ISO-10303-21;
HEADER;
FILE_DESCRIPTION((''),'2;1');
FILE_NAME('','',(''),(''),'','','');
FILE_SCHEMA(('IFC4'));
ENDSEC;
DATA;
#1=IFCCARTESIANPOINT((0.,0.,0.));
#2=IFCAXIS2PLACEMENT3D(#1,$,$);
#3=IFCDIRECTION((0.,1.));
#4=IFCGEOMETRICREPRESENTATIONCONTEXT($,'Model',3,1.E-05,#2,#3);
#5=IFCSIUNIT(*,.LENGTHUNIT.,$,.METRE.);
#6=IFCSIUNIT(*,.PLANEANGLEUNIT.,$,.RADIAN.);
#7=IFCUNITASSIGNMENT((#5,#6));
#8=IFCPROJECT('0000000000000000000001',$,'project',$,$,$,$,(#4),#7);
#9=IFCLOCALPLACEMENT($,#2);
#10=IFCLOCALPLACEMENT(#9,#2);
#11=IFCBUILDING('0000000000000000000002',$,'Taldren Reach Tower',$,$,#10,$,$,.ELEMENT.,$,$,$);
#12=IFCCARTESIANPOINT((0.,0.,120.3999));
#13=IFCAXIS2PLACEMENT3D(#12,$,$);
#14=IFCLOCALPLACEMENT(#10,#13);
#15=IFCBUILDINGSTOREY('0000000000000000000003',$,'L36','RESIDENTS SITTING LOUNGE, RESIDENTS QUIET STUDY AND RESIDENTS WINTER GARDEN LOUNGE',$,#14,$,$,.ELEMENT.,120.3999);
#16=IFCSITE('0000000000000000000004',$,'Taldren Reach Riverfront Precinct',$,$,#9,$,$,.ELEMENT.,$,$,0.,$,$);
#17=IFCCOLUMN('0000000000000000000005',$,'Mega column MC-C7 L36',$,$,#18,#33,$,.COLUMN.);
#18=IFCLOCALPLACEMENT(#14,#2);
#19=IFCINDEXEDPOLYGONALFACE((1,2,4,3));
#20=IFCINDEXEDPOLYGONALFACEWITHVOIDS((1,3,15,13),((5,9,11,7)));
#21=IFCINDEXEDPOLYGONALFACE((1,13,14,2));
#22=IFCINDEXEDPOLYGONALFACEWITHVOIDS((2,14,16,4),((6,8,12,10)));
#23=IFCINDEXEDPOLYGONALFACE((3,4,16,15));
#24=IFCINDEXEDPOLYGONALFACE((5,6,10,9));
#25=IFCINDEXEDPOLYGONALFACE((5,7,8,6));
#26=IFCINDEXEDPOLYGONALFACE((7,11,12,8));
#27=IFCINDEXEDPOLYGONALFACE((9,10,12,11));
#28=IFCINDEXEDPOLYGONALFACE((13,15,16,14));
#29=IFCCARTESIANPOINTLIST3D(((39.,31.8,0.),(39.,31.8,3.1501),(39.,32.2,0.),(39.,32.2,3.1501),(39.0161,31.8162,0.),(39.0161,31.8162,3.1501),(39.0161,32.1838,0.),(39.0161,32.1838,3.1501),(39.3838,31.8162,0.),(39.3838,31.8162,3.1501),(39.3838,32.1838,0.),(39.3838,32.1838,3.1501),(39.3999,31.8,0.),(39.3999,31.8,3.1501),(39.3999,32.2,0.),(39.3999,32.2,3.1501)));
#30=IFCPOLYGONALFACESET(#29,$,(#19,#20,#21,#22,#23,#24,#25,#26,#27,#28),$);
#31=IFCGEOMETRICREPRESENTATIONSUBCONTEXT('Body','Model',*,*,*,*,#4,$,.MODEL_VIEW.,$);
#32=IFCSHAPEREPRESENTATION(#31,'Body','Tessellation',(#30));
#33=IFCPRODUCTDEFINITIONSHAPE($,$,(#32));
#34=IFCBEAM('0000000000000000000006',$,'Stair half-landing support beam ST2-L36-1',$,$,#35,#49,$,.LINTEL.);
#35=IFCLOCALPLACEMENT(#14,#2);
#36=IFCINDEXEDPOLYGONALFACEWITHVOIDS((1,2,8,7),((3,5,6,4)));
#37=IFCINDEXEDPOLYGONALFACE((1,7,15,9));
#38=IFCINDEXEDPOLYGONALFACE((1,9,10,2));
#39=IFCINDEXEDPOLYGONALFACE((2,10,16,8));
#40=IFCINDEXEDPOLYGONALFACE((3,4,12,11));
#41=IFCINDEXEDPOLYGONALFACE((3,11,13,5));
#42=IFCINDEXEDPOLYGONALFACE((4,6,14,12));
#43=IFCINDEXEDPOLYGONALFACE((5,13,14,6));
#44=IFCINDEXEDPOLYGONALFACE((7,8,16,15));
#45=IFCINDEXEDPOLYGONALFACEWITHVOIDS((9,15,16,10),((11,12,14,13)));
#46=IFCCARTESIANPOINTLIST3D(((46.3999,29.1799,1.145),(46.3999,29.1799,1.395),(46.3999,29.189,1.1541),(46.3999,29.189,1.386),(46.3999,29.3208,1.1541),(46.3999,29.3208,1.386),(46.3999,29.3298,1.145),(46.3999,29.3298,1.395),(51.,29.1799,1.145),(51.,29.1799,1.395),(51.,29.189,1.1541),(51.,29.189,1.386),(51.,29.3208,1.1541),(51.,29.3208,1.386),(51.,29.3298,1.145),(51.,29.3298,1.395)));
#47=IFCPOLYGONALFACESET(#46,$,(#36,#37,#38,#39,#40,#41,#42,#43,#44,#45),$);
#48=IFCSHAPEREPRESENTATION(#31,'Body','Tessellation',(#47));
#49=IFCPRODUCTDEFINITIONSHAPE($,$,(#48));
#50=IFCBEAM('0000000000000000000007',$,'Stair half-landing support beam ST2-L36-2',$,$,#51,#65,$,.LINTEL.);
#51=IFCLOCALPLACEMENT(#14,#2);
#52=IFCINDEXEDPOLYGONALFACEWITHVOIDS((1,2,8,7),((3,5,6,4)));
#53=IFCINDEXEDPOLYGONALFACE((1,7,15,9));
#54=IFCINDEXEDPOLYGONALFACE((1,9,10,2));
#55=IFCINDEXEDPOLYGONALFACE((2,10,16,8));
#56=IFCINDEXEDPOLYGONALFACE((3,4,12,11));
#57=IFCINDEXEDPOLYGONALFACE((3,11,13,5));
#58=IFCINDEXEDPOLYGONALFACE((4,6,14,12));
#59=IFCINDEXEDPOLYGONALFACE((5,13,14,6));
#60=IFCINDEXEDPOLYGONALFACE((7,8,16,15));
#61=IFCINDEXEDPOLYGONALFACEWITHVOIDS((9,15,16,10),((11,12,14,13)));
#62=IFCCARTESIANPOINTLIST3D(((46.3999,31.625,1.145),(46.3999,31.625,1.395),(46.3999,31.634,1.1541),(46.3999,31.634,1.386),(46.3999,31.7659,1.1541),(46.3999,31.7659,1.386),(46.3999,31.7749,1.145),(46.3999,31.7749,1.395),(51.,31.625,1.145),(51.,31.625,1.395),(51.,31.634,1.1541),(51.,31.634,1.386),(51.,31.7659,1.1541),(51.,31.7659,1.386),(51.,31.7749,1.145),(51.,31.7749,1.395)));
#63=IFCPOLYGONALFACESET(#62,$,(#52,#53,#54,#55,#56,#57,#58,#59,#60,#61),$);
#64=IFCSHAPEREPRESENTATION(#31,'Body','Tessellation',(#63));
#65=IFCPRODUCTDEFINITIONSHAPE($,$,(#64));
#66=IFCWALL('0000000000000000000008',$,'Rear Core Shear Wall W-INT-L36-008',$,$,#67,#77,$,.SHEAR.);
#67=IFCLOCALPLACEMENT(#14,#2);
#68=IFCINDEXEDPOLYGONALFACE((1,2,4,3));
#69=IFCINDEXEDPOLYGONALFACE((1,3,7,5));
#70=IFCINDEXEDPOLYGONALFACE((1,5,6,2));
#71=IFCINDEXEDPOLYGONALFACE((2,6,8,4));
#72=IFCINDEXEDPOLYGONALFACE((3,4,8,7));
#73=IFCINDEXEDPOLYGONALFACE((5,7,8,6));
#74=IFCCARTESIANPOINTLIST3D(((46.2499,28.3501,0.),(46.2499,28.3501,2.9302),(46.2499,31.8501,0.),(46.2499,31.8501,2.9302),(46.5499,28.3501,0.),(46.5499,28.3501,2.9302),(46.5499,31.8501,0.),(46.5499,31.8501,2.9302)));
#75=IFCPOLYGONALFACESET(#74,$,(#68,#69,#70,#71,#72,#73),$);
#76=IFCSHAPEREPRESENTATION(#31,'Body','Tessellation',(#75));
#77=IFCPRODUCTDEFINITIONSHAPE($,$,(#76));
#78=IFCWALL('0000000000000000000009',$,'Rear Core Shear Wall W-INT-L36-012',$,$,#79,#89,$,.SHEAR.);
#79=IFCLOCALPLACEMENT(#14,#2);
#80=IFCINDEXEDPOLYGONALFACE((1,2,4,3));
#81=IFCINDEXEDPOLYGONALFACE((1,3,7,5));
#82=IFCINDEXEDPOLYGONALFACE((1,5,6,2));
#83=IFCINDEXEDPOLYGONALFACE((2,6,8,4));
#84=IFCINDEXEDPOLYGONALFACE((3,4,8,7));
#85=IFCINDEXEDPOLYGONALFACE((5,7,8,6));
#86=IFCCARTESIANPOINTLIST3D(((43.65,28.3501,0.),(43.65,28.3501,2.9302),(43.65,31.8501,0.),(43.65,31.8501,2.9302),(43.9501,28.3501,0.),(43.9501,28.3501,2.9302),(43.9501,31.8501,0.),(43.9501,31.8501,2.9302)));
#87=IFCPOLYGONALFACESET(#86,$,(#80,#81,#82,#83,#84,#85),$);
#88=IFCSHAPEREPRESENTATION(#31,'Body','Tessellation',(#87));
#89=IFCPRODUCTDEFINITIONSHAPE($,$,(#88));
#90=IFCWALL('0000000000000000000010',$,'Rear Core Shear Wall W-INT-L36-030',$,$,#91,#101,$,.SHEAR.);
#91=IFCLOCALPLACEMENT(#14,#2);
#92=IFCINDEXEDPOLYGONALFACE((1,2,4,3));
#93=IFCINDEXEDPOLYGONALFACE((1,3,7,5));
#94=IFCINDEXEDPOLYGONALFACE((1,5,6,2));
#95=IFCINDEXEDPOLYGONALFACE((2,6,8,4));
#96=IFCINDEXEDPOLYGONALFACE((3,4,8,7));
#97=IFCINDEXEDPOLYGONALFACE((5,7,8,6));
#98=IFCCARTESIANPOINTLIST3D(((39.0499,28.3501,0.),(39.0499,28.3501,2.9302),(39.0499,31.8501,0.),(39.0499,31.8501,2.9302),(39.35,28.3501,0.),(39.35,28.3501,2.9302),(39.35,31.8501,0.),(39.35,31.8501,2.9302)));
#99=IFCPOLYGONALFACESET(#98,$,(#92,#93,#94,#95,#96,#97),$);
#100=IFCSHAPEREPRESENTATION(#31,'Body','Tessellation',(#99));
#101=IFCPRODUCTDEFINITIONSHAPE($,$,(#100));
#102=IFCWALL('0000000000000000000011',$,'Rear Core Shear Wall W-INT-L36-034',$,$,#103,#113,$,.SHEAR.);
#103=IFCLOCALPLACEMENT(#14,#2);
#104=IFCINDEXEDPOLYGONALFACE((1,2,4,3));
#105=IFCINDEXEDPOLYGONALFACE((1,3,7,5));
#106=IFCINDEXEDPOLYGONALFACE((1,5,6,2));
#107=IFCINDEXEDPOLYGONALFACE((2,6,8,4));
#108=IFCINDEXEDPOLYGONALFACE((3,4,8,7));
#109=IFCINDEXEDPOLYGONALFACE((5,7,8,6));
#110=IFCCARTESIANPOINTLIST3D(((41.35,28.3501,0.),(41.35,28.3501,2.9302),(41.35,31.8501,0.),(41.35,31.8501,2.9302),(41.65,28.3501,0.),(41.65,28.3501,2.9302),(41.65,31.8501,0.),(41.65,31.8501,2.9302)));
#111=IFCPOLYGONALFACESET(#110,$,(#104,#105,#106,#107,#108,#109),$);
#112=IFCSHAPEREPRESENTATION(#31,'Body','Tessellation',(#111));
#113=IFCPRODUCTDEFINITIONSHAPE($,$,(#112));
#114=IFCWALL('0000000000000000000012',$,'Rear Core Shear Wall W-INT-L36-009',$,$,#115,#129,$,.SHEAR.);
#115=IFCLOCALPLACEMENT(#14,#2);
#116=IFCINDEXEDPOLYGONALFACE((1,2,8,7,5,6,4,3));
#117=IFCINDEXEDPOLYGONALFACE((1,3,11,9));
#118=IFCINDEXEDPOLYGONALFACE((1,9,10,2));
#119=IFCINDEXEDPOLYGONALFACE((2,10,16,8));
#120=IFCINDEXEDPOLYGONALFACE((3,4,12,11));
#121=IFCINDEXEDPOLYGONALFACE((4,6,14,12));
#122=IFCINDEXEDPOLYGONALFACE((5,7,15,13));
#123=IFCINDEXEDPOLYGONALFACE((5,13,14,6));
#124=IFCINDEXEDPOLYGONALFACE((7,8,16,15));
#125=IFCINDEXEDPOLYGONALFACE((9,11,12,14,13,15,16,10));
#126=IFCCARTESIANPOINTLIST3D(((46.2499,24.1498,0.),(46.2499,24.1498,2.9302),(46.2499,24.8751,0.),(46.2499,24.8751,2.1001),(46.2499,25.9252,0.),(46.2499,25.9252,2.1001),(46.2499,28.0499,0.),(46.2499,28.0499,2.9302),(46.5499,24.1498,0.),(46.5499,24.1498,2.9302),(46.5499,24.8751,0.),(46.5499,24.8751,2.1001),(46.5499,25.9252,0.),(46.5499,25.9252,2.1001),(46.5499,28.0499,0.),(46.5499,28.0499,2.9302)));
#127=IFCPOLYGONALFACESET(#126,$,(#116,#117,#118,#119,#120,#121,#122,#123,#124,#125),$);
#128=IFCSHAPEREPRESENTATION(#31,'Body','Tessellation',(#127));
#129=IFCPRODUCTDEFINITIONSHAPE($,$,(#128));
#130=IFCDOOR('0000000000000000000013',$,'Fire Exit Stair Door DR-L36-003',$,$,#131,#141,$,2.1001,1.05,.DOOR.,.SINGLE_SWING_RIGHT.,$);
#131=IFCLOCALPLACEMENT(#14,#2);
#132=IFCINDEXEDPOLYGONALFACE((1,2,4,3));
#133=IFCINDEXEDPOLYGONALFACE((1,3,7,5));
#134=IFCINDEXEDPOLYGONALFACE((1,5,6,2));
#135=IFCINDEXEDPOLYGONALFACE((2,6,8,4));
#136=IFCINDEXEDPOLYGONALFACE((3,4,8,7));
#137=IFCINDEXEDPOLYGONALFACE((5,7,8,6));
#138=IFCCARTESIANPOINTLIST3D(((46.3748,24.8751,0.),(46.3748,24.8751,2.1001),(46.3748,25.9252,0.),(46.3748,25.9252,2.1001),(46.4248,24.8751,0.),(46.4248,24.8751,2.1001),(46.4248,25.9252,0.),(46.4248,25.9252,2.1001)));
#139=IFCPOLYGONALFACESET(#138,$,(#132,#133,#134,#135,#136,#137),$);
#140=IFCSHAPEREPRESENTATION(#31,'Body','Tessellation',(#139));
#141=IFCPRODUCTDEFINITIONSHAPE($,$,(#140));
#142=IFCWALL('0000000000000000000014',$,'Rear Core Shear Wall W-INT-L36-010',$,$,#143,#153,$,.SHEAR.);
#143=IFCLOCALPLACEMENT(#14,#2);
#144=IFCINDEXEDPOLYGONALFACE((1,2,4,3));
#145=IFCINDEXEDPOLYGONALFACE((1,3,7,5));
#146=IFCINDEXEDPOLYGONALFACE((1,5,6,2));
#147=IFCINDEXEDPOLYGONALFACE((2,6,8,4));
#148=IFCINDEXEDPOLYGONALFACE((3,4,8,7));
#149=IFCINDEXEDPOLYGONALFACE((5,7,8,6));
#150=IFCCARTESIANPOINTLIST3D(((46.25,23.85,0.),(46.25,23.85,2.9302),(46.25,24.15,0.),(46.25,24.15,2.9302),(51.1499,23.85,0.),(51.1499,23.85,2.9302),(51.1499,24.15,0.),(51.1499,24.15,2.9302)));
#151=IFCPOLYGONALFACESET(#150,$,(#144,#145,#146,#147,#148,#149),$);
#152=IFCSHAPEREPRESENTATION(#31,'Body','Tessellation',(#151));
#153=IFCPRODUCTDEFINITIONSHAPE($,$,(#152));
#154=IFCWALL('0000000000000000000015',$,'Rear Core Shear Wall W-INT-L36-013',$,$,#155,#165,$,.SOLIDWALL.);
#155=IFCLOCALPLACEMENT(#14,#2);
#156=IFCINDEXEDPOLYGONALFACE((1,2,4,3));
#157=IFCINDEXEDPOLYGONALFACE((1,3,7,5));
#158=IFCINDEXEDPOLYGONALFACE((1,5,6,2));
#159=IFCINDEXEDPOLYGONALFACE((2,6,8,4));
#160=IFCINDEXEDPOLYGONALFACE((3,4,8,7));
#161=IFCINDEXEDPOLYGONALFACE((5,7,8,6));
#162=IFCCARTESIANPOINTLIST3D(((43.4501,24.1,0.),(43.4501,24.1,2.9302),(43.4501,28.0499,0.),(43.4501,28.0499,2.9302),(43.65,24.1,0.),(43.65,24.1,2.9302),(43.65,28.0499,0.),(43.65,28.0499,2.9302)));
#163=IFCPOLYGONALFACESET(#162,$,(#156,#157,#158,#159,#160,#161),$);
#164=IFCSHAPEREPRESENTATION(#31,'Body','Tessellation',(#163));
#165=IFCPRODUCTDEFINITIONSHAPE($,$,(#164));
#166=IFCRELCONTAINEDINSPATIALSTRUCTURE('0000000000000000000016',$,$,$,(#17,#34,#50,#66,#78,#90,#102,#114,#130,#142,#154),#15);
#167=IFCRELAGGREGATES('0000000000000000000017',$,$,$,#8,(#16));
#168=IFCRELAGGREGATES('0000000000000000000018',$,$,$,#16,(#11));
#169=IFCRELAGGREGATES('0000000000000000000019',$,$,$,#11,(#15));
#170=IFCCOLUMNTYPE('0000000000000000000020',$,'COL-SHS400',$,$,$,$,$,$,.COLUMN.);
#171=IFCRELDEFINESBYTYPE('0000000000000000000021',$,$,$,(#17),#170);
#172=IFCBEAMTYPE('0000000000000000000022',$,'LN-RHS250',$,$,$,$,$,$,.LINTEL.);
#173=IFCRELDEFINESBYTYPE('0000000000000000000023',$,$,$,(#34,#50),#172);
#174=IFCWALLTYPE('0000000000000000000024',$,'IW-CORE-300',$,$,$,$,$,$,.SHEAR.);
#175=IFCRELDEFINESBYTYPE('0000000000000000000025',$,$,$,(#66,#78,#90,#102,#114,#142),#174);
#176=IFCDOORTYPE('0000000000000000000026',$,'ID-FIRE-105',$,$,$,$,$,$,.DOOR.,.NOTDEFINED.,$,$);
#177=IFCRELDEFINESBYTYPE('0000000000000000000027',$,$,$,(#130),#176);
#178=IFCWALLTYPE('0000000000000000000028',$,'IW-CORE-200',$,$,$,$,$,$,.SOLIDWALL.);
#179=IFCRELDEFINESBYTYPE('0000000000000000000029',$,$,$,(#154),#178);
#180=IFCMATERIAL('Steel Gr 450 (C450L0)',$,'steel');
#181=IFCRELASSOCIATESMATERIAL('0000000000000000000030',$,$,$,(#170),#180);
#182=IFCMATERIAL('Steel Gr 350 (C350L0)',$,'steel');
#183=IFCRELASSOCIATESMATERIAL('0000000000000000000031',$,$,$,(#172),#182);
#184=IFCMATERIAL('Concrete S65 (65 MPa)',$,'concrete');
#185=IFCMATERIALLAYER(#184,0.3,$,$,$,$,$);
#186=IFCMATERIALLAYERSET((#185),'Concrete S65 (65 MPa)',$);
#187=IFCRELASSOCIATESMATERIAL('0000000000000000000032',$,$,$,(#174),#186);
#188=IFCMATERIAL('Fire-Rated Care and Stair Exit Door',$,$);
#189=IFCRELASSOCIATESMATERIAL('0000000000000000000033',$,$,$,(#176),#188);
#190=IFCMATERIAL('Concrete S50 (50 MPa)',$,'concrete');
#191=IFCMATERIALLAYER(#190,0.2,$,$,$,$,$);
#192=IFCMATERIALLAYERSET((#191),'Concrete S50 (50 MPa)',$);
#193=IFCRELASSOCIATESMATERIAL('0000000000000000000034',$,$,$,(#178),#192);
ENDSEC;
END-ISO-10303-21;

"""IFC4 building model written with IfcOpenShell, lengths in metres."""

from ifc_helpers import new_model, si_unit, direction, frame, frame_2d, origin, origin_2d, place, context, subcontext, project, spatial, rectangle, hollow_rectangle, extrude, source, transform, mapped, material, layer, layer_set, material_profile, profile_set, type_object, element, fill, save


model = new_model("IFC4")

# Units and contexts
model_context = context("Model", 3, precision=1e-05, world=origin(), true_north=direction((0.0, 1.0)))
body_context = subcontext(model_context, "Body", "Model", "MODEL_VIEW")
ifc_project = project(units=[si_unit("LENGTHUNIT", "METRE"), si_unit("PLANEANGLEUNIT", "RADIAN")], contexts=[model_context])

# Site, building, storey
site_placement = place(None, origin())
site = spatial("IfcSite", under=ifc_project, at=site_placement, Name="Taldren Reach Riverfront Precinct", CompositionType="ELEMENT", RefElevation=0.0)
building_placement = place(site_placement, origin())
building = spatial("IfcBuilding", under=site, at=building_placement, Name="Taldren Reach Tower", CompositionType="ELEMENT")
storey_placement = place(building_placement, frame((0.0, 0.0, 120.3999)))
storey = spatial("IfcBuildingStorey", under=building, at=storey_placement, Name="L36", Description="RESIDENTS SITTING LOUNGE, RESIDENTS QUIET STUDY AND RESIDENTS WINTER GARDEN LOUNGE", CompositionType="ELEMENT", Elevation=120.3999)

# Column
ifc_material_1 = material(Name="Steel Gr 450 (C450L0)", Category="steel")
ifc_material_profile_1 = material_profile(ifc_material_1, hollow_rectangle(XDim=0.3999, YDim=0.3999, WallThickness=0.0161, at=origin_2d()), Name="400x400x16.0SHS")
ifc_profile_set_1 = profile_set([ifc_material_profile_1], Name="Steel Gr 450 (C450L0)")
column_type = type_object("IfcColumnType", Name="COL-SHS400", PredefinedType="COLUMN", material=ifc_profile_set_1)
shared_shape_1 = source(origin(), body_context, "Body", "SweptSolid", [
    extrude(hollow_rectangle(XDim=0.3999, YDim=0.3999, WallThickness=0.0161, at=origin_2d()), origin(), (0.0, 0.0, 1.0), 3.1501),
])
column_placement = place(storey_placement, frame((39.2, 32.0, 0.0), z_axis=(0.0, 0.0, 1.0), x_axis=(1.0, 0.0, 0.0)))
element("IfcColumn", 1, at=column_placement, inside=storey, type_object=column_type, Name="Mega column MC-C7 L36", PredefinedType="COLUMN", context=body_context, shape_type="MappedRepresentation", body=[
    mapped(shared_shape_1, transform((0.0, 0.0, 0.0), scale=1.0)),
])

# Beams
ifc_material_2 = material(Name="Steel Gr 350 (C350L0)", Category="steel")
ifc_material_profile_2 = material_profile(ifc_material_2, hollow_rectangle(XDim=0.1499, YDim=0.25, WallThickness=0.009, at=origin_2d()), Name="250x150x9.0RHS")
ifc_profile_set_2 = profile_set([ifc_material_profile_2], Name="Steel Gr 350 (C350L0)")
beam_type = type_object("IfcBeamType", Name="LN-RHS250", PredefinedType="LINTEL", material=ifc_profile_set_2)
shared_shape_2 = source(origin(), body_context, "Body", "SweptSolid", [
    extrude(hollow_rectangle(XDim=0.1499, YDim=0.25, WallThickness=0.009, at=origin_2d()), origin(), (0.0, 0.0, 1.0), 4.6001),
])
for number, where, z_axis, x_axis, name in (
    (2, (46.3999, 29.2549, 1.27), (1.0, 0.0, 0.0), (0.0, 1.0, 0.0), "Stair half-landing support beam ST2-L36-1"),
    (3, (46.3999, 31.7, 1.27), (1.0, 0.0, 0.0), (0.0, 1.0, 0.0), "Stair half-landing support beam ST2-L36-2"),
):
    element("IfcBeam", number, at=place(storey_placement, frame(where, z_axis=z_axis, x_axis=x_axis)), inside=storey, type_object=beam_type, Name=name, PredefinedType="LINTEL", context=body_context, shape_type="MappedRepresentation", body=[
        mapped(shared_shape_2, transform((0.0, 0.0, 0.0), scale=1.0)),
    ])

# Walls
ifc_material_3 = material(Name="Concrete S65 (65 MPa)", Category="concrete")
ifc_layer_1 = layer(ifc_material_3, 0.3)
ifc_layer_set_1 = layer_set([ifc_layer_1], Name="Concrete S65 (65 MPa)")
wall_type_1 = type_object("IfcWallType", Name="IW-CORE-300", PredefinedType="SHEAR", material=ifc_layer_set_1)
shared_shape_3 = source(origin(), body_context, "Body", "SweptSolid", [
    extrude(rectangle(XDim=3.5, YDim=0.3, at=frame_2d((1.75, 0.0))), origin(), (0.0, 0.0, 1.0), 2.9302),
])
for number, where, z_axis, x_axis, name in (
    (4, (46.3999, 31.8501, 0.0), (0.0, 0.0, 1.0), (0.0, -1.0, 0.0), "Rear Core Shear Wall W-INT-L36-008"),
    (5, (43.8, 31.8501, 0.0), (0.0, 0.0, 1.0), (0.0, -1.0, 0.0), "Rear Core Shear Wall W-INT-L36-012"),
    (6, (39.2, 28.3501, 0.0), (0.0, 0.0, 1.0), (0.0, 1.0, 0.0), "Rear Core Shear Wall W-INT-L36-030"),
    (7, (41.5, 28.3501, 0.0), (0.0, 0.0, 1.0), (0.0, 1.0, 0.0), "Rear Core Shear Wall W-INT-L36-034"),
):
    element("IfcWall", number, at=place(storey_placement, frame(where, z_axis=z_axis, x_axis=x_axis)), inside=storey, type_object=wall_type_1, Name=name, PredefinedType="SHEAR", context=body_context, shape_type="MappedRepresentation", body=[
        mapped(shared_shape_3, transform((0.0, 0.0, 0.0), scale=1.0)),
    ])

# Wall, opening, door
shared_shape_4 = source(origin(), body_context, "Body", "SweptSolid", [
    extrude(rectangle(XDim=3.9001, YDim=0.3, at=frame_2d((1.9502, 0.0))), origin(), (0.0, 0.0, 1.0), 2.9302),
])
wall_1_placement = place(storey_placement, frame((46.3999, 28.05, 0.0), z_axis=(0.0, 0.0, 1.0), x_axis=(0.0, -1.0, 0.0)))
wall_1 = element("IfcWall", 8, at=wall_1_placement, inside=storey, type_object=wall_type_1, Name="Rear Core Shear Wall W-INT-L36-009", PredefinedType="SHEAR", context=body_context, shape_type="MappedRepresentation", body=[
    mapped(shared_shape_4, transform((0.0, 0.0, 0.0), scale=1.0)),
])
shared_shape_5 = source(origin(), body_context, "Body", "SweptSolid", [
    extrude(rectangle(XDim=1.05, YDim=2.1001, at=frame_2d((0.5249, 1.05))), frame((0.0, 0.1602, 0.0), z_axis=(0.0, -1.0, 0.0), x_axis=(1.0, 0.0, 0.0)), (0.0, 0.0, 1.0), 0.3201),
])
opening_1_placement = place(wall_1_placement, frame((2.125, 0.0, 0.0)))
opening_1 = element("IfcOpeningElement", 9, at=opening_1_placement, cuts=wall_1, PredefinedType="OPENING", context=body_context, shape_type="MappedRepresentation", body=[
    mapped(shared_shape_5, transform((0.0, 0.0, 0.0), scale=1.0)),
])
ifc_material_4 = material(Name="Fire-Rated Care and Stair Exit Door")
door_type_1 = type_object("IfcDoorType", Name="ID-FIRE-105", OperationType="NOTDEFINED", PredefinedType="DOOR", material=ifc_material_4)
shared_shape_6 = source(origin(), body_context, "Body", "SweptSolid", [
    extrude(rectangle(XDim=1.05, YDim=2.1001, at=frame_2d((0.5249, 1.05))), frame((0.0, 0.0249, 0.0), z_axis=(0.0, -1.0, 0.0), x_axis=(1.0, 0.0, 0.0)), (0.0, 0.0, 1.0), 0.05),
])
door_1_placement = place(opening_1_placement, origin())
door_1 = element("IfcDoor", 10, at=door_1_placement, inside=storey, type_object=door_type_1, Name="Fire Exit Stair Door DR-L36-003", OperationType="SINGLE_SWING_RIGHT", OverallHeight=2.1001, OverallWidth=1.05, PredefinedType="DOOR", context=body_context, shape_type="MappedRepresentation", body=[
    mapped(shared_shape_6, transform((0.0, 0.0, 0.0), scale=1.0)),
])
fill(opening_1, door_1)

# Wall
shared_shape_7 = source(origin(), body_context, "Body", "SweptSolid", [
    extrude(rectangle(XDim=4.8999, YDim=0.3, at=frame_2d((2.45, 0.0))), origin(), (0.0, 0.0, 1.0), 2.9302),
])
wall_2_placement = place(storey_placement, frame((46.25, 24.0, 0.0), z_axis=(0.0, 0.0, 1.0), x_axis=(1.0, 0.0, 0.0)))
element("IfcWall", 11, at=wall_2_placement, inside=storey, type_object=wall_type_1, Name="Rear Core Shear Wall W-INT-L36-010", PredefinedType="SHEAR", context=body_context, shape_type="MappedRepresentation", body=[
    mapped(shared_shape_7, transform((0.0, 0.0, 0.0), scale=1.0)),
])

# Wall
ifc_material_5 = material(Name="Concrete S50 (50 MPa)", Category="concrete")
ifc_layer_2 = layer(ifc_material_5, 0.2)
ifc_layer_set_2 = layer_set([ifc_layer_2], Name="Concrete S50 (50 MPa)")
wall_type_2 = type_object("IfcWallType", Name="IW-CORE-200", PredefinedType="SOLIDWALL", material=ifc_layer_set_2)
shared_shape_8 = source(origin(), body_context, "Body", "SweptSolid", [
    extrude(rectangle(XDim=3.95, YDim=0.2, at=frame_2d((1.9751, 0.0))), origin(), (0.0, 0.0, 1.0), 2.9302),
])
wall_3_placement = place(storey_placement, frame((43.55, 28.05, 0.0), z_axis=(0.0, 0.0, 1.0), x_axis=(0.0, -1.0, 0.0)))
element("IfcWall", 12, at=wall_3_placement, inside=storey, type_object=wall_type_2, Name="Rear Core Shear Wall W-INT-L36-013", PredefinedType="SOLIDWALL", context=body_context, shape_type="MappedRepresentation", body=[
    mapped(shared_shape_8, transform((0.0, 0.0, 0.0), scale=1.0)),
])

save(model, "model.ifc")
